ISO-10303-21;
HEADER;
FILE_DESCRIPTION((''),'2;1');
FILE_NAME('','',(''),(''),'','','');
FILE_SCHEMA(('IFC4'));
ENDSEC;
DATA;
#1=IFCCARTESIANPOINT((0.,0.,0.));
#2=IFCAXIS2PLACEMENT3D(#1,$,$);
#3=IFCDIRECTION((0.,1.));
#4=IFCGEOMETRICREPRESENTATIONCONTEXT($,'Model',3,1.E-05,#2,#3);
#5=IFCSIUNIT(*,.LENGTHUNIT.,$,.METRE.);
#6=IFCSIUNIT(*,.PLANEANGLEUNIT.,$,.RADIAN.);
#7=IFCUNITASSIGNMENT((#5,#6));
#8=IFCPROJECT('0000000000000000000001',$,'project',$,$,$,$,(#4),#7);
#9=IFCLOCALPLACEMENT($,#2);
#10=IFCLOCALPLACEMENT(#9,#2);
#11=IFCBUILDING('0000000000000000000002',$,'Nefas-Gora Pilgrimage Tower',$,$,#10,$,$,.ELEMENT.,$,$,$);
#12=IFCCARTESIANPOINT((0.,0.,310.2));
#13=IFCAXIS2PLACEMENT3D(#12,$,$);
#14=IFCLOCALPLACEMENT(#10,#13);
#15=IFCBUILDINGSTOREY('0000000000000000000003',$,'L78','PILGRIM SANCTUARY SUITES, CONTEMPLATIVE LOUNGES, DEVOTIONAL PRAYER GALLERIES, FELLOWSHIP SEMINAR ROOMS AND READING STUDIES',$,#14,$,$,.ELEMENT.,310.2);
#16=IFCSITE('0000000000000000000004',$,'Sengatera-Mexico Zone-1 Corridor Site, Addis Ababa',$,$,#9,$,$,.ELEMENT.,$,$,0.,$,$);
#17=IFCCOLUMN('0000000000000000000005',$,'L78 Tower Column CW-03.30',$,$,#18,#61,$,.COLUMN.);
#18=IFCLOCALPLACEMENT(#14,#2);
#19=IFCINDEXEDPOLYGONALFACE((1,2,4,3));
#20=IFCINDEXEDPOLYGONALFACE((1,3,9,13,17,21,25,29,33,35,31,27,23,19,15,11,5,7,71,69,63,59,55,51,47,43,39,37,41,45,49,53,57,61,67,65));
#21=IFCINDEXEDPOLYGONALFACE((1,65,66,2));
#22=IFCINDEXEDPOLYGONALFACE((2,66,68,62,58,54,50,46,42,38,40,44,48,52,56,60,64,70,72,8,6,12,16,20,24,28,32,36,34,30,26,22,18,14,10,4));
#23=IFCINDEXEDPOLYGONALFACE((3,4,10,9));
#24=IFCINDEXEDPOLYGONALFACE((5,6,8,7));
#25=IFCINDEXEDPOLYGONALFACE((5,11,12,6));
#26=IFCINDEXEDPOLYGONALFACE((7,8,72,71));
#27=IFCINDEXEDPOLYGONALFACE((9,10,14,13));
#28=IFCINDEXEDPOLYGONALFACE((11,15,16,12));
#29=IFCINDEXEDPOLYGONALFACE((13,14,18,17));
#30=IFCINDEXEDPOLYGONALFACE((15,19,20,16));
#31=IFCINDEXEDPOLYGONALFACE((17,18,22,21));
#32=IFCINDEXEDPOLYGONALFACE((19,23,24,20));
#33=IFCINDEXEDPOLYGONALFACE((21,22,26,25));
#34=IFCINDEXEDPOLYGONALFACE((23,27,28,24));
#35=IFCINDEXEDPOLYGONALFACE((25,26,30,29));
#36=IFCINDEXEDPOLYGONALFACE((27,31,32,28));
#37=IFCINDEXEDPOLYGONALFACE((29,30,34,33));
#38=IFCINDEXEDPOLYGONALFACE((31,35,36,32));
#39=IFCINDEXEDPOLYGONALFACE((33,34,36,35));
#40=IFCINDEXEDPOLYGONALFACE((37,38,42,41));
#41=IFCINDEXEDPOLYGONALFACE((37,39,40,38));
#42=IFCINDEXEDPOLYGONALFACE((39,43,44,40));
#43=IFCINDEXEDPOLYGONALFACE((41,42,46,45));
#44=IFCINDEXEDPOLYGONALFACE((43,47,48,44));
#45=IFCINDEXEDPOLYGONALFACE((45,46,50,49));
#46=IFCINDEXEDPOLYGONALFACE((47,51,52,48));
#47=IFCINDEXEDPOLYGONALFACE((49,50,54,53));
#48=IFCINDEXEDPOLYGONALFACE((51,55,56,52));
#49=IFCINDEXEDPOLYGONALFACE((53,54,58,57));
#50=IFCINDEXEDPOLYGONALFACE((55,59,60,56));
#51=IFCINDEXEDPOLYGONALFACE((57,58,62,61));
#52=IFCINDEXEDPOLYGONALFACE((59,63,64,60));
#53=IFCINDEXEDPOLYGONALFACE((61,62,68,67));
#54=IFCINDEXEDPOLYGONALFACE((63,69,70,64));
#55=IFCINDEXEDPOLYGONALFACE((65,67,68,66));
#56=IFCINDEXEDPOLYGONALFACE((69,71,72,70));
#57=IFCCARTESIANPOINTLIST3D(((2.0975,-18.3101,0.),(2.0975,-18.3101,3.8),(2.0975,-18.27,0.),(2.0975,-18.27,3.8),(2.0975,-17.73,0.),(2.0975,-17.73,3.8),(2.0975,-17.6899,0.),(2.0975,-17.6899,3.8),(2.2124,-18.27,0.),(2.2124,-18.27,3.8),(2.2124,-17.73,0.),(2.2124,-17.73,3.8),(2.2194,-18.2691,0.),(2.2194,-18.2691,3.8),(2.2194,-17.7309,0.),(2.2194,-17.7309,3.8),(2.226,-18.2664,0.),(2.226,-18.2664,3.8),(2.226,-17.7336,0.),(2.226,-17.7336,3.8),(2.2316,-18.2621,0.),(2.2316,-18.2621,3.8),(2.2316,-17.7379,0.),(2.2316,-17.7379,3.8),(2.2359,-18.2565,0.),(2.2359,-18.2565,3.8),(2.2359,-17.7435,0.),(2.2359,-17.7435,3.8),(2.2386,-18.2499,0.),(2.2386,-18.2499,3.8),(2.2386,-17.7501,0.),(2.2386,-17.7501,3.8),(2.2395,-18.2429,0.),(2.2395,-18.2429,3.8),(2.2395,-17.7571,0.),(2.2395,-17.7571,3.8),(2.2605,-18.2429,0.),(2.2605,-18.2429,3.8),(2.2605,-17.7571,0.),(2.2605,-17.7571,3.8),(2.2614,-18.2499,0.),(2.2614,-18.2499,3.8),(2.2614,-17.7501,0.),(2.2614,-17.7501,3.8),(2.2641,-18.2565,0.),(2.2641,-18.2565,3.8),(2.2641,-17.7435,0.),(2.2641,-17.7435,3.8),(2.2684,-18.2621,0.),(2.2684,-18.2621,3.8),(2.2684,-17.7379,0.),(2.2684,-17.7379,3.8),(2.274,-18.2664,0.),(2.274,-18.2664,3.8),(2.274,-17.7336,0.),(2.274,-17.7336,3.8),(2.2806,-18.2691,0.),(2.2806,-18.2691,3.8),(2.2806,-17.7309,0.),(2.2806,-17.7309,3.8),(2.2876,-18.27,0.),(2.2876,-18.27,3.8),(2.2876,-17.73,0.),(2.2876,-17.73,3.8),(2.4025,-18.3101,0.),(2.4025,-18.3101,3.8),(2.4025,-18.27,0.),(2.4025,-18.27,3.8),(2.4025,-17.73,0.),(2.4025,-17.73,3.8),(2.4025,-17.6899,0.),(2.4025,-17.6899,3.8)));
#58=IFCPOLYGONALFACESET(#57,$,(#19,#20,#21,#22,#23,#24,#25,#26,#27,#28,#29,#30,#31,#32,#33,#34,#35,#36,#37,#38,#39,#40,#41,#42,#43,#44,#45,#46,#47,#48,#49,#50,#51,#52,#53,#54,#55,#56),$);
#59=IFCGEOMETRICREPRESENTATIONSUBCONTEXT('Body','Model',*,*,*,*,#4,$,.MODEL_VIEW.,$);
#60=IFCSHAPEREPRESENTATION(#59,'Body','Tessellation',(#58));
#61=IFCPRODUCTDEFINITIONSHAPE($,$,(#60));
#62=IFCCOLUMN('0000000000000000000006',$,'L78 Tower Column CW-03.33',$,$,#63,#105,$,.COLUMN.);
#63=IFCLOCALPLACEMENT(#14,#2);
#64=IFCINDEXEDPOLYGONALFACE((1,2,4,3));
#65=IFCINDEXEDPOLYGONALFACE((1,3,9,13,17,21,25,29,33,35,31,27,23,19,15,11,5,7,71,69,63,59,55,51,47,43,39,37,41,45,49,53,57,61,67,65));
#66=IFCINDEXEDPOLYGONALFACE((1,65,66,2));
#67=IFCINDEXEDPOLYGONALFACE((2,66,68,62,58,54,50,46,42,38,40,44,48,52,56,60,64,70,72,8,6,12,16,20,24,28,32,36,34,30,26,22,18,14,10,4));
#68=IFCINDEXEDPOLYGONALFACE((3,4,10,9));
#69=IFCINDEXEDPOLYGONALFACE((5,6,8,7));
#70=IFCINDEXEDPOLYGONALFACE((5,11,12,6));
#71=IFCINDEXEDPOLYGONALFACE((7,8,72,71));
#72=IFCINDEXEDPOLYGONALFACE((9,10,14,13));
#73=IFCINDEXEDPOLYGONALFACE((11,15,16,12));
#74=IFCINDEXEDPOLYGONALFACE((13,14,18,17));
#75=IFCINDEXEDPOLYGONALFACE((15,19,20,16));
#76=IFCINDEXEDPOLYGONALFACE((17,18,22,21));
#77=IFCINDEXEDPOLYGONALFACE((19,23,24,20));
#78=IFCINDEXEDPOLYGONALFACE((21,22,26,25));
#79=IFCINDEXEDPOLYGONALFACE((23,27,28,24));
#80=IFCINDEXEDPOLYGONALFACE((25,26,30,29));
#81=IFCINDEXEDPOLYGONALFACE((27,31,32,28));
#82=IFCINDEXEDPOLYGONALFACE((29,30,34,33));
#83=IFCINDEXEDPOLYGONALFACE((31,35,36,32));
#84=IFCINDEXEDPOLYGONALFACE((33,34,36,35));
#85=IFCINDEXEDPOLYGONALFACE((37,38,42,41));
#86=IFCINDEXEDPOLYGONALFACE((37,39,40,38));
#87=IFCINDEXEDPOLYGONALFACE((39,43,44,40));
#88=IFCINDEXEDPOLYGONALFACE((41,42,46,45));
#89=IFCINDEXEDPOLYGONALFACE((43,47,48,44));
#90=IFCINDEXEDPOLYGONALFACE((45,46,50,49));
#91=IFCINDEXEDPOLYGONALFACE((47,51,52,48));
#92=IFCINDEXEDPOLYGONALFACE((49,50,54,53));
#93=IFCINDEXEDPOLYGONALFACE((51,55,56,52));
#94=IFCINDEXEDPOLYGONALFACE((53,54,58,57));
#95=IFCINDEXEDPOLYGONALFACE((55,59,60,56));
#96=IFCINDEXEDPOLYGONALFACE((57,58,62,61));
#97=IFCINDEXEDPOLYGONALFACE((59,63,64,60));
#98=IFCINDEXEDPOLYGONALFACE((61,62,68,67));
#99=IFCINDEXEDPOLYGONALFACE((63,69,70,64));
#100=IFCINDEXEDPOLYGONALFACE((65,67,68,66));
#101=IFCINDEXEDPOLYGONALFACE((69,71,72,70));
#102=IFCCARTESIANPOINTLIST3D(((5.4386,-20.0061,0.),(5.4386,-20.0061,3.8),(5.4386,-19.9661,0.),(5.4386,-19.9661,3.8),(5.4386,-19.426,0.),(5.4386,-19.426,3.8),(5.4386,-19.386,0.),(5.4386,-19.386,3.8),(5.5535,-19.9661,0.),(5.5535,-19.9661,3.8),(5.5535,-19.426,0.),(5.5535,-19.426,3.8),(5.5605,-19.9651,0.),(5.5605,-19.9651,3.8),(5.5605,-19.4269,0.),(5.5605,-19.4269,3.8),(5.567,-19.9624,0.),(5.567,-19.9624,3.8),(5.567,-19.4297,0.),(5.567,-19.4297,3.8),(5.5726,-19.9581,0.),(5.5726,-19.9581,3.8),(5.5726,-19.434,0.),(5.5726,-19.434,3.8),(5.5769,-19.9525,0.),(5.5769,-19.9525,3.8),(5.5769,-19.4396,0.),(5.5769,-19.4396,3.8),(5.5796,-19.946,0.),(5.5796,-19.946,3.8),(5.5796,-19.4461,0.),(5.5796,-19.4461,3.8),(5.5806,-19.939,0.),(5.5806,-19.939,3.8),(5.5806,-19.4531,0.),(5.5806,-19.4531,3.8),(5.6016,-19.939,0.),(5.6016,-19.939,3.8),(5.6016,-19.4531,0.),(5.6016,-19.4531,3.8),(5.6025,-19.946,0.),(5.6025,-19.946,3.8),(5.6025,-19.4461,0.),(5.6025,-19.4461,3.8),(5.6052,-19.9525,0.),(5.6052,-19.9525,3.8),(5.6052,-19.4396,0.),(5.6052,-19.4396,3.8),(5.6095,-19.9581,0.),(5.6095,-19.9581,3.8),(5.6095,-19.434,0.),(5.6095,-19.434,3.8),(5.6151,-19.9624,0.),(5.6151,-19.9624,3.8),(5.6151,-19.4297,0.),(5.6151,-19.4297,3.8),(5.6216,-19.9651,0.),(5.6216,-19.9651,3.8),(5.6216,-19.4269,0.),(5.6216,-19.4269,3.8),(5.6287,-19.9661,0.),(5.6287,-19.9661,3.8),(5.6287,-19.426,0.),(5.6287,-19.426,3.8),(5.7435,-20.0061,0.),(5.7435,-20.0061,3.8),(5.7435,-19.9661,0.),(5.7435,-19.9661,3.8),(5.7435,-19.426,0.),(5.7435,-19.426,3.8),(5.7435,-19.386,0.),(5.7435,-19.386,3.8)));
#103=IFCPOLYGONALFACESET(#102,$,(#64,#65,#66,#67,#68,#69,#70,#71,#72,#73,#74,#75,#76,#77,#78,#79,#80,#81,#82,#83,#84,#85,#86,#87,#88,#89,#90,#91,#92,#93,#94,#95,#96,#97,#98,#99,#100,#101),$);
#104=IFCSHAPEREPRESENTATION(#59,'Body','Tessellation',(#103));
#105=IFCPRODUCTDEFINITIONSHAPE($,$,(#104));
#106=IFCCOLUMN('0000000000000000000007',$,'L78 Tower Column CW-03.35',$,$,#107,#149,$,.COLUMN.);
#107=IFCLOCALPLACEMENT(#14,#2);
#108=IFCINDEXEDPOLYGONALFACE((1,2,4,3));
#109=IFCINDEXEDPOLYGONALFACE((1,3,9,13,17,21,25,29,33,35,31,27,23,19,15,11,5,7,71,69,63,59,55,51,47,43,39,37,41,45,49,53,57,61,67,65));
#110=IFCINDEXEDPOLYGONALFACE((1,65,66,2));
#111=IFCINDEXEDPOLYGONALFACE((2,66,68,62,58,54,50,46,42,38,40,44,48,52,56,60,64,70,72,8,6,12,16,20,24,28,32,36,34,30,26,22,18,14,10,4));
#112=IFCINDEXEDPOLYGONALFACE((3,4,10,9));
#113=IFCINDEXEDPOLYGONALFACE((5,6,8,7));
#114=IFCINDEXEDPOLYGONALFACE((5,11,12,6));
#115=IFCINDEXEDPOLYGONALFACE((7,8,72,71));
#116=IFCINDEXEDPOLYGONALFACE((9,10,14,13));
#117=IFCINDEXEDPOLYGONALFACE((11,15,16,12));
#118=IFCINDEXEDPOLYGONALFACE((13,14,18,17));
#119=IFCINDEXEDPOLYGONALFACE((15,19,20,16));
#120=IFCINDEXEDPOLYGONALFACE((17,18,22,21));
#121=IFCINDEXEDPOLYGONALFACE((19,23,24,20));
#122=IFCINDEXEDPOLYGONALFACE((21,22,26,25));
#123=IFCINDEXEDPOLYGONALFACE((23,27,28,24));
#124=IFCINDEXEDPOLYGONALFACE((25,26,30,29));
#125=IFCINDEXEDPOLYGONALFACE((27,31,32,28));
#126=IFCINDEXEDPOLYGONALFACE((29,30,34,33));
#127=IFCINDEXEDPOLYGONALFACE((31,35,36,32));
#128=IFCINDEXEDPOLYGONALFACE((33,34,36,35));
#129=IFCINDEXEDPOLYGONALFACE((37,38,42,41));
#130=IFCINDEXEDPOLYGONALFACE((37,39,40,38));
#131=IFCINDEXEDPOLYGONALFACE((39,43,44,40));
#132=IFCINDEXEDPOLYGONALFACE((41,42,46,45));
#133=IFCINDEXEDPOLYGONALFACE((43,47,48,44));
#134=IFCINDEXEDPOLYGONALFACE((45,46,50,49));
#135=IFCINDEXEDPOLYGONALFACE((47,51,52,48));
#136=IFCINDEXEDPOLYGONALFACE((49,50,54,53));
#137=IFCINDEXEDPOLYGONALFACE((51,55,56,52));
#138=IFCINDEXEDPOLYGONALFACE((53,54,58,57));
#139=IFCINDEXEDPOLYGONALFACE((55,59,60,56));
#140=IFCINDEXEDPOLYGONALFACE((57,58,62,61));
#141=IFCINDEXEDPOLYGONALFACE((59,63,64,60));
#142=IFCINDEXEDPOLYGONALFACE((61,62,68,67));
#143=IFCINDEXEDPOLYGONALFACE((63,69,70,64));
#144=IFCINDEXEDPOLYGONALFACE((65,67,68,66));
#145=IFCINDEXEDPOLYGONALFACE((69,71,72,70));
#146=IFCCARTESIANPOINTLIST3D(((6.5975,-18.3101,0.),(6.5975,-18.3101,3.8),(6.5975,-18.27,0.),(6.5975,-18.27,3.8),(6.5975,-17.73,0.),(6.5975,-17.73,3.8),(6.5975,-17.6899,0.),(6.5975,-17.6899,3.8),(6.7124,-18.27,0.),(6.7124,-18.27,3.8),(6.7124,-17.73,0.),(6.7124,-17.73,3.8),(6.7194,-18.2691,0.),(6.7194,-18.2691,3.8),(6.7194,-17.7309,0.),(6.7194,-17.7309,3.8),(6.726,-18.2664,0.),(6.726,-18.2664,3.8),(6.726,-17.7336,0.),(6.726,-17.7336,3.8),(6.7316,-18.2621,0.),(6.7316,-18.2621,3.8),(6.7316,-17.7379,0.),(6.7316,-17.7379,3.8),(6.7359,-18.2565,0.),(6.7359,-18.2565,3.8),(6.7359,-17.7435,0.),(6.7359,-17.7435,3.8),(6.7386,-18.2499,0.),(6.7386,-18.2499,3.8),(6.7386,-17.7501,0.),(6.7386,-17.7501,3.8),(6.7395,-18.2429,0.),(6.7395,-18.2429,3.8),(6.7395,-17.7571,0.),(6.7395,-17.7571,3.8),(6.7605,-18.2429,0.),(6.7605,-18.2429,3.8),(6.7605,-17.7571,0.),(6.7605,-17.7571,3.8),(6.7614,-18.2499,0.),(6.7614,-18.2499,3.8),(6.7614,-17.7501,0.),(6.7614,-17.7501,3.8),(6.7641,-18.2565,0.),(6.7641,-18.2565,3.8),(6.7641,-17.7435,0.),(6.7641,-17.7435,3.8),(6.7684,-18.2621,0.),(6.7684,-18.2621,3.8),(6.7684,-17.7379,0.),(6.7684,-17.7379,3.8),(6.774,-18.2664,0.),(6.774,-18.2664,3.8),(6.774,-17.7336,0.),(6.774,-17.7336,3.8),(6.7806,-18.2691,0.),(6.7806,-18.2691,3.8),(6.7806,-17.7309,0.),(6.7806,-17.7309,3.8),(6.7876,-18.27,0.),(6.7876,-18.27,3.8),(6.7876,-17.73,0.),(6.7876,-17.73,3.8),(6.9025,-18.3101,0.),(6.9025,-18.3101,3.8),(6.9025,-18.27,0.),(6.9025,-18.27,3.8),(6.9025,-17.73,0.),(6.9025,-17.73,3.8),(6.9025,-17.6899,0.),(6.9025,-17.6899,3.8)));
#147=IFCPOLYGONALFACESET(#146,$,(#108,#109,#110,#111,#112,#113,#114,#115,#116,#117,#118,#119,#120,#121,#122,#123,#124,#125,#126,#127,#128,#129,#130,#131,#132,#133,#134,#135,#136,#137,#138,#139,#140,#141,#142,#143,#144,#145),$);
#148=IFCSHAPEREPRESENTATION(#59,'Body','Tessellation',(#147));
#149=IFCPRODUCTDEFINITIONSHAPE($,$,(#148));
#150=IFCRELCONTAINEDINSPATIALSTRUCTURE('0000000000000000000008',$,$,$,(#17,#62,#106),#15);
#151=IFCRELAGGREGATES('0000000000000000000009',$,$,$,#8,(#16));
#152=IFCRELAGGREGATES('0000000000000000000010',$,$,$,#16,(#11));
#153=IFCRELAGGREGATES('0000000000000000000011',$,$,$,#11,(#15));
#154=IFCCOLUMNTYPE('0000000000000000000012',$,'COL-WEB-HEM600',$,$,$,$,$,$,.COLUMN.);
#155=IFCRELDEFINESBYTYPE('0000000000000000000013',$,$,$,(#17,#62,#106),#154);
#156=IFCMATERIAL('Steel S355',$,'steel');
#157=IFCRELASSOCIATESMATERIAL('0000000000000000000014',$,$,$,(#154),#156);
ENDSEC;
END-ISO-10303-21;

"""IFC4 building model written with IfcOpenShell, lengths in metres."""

from ifc_helpers import new_model, si_unit, direction, frame, origin, origin_2d, place, context, subcontext, project, spatial, i_section, extrude, source, transform, mapped, material, material_profile, profile_set, type_object, element, save


model = new_model("IFC4")

# Units and contexts
model_context = context("Model", 3, precision=1e-05, world=origin(), true_north=direction((0.0, 1.0)))
body_context = subcontext(model_context, "Body", "Model", "MODEL_VIEW")
ifc_project = project(units=[si_unit("LENGTHUNIT", "METRE"), si_unit("PLANEANGLEUNIT", "RADIAN")], contexts=[model_context])

# Site, building, storey
site_placement = place(None, origin())
site = spatial("IfcSite", under=ifc_project, at=site_placement, Name="Sengatera-Mexico Zone-1 Corridor Site, Addis Ababa", CompositionType="ELEMENT", RefElevation=0.0)
building_placement = place(site_placement, origin())
building = spatial("IfcBuilding", under=site, at=building_placement, Name="Nefas-Gora Pilgrimage Tower", CompositionType="ELEMENT")
storey_placement = place(building_placement, frame((0.0, 0.0, 310.2)))
storey = spatial("IfcBuildingStorey", under=building, at=storey_placement, Name="L78", Description="PILGRIM SANCTUARY SUITES, CONTEMPLATIVE LOUNGES, DEVOTIONAL PRAYER GALLERIES, FELLOWSHIP SEMINAR ROOMS AND READING STUDIES", CompositionType="ELEMENT", Elevation=310.2)

# Columns
ifc_material_1 = material(Name="Steel S355", Category="steel")
ifc_material_profile_1 = material_profile(ifc_material_1, i_section(OverallWidth=0.3049, OverallDepth=0.6201, WebThickness=0.021, FlangeThickness=0.04, FilletRadius=0.0271, at=origin_2d()), Name="HEM 600")
ifc_profile_set_1 = profile_set([ifc_material_profile_1], Name="Steel S355")
column_type_1 = type_object("IfcColumnType", Name="COL-WEB-HEM600", PredefinedType="COLUMN", material=ifc_profile_set_1)
shared_shape_1 = source(origin(), body_context, "Body", "SweptSolid", [
    extrude(i_section(OverallWidth=0.3049, OverallDepth=0.6201, WebThickness=0.021, FlangeThickness=0.04, FilletRadius=0.0271, at=origin_2d()), origin(), (0.0, 0.0, 1.0), 3.8),
])
for number, where, z_axis, x_axis, name in (
    (1, (2.25, -18.0, 0.0), (0.0, 0.0, 1.0), (1.0, 0.0, 0.0), "L78 Tower Column CW-03.30"),
    (2, (5.5911, -19.696, 0.0), (0.0, 0.0, 1.0), (1.0, 0.0, 0.0), "L78 Tower Column CW-03.33"),
    (3, (6.75, -18.0, 0.0), (0.0, 0.0, 1.0), (1.0, 0.0, 0.0), "L78 Tower Column CW-03.35"),
):
    element("IfcColumn", number, at=place(storey_placement, frame(where, z_axis=z_axis, x_axis=x_axis)), inside=storey, type_object=column_type_1, Name=name, PredefinedType="COLUMN", context=body_context, shape_type="MappedRepresentation", body=[
        mapped(shared_shape_1, transform((0.0, 0.0, 0.0), x_axis=(1.0, 0.0, 0.0), y_axis=(0.0, 1.0, 0.0), z_axis=(0.0, 0.0, 1.0), scale=1.0)),
    ])

save(model, "model.ifc")
